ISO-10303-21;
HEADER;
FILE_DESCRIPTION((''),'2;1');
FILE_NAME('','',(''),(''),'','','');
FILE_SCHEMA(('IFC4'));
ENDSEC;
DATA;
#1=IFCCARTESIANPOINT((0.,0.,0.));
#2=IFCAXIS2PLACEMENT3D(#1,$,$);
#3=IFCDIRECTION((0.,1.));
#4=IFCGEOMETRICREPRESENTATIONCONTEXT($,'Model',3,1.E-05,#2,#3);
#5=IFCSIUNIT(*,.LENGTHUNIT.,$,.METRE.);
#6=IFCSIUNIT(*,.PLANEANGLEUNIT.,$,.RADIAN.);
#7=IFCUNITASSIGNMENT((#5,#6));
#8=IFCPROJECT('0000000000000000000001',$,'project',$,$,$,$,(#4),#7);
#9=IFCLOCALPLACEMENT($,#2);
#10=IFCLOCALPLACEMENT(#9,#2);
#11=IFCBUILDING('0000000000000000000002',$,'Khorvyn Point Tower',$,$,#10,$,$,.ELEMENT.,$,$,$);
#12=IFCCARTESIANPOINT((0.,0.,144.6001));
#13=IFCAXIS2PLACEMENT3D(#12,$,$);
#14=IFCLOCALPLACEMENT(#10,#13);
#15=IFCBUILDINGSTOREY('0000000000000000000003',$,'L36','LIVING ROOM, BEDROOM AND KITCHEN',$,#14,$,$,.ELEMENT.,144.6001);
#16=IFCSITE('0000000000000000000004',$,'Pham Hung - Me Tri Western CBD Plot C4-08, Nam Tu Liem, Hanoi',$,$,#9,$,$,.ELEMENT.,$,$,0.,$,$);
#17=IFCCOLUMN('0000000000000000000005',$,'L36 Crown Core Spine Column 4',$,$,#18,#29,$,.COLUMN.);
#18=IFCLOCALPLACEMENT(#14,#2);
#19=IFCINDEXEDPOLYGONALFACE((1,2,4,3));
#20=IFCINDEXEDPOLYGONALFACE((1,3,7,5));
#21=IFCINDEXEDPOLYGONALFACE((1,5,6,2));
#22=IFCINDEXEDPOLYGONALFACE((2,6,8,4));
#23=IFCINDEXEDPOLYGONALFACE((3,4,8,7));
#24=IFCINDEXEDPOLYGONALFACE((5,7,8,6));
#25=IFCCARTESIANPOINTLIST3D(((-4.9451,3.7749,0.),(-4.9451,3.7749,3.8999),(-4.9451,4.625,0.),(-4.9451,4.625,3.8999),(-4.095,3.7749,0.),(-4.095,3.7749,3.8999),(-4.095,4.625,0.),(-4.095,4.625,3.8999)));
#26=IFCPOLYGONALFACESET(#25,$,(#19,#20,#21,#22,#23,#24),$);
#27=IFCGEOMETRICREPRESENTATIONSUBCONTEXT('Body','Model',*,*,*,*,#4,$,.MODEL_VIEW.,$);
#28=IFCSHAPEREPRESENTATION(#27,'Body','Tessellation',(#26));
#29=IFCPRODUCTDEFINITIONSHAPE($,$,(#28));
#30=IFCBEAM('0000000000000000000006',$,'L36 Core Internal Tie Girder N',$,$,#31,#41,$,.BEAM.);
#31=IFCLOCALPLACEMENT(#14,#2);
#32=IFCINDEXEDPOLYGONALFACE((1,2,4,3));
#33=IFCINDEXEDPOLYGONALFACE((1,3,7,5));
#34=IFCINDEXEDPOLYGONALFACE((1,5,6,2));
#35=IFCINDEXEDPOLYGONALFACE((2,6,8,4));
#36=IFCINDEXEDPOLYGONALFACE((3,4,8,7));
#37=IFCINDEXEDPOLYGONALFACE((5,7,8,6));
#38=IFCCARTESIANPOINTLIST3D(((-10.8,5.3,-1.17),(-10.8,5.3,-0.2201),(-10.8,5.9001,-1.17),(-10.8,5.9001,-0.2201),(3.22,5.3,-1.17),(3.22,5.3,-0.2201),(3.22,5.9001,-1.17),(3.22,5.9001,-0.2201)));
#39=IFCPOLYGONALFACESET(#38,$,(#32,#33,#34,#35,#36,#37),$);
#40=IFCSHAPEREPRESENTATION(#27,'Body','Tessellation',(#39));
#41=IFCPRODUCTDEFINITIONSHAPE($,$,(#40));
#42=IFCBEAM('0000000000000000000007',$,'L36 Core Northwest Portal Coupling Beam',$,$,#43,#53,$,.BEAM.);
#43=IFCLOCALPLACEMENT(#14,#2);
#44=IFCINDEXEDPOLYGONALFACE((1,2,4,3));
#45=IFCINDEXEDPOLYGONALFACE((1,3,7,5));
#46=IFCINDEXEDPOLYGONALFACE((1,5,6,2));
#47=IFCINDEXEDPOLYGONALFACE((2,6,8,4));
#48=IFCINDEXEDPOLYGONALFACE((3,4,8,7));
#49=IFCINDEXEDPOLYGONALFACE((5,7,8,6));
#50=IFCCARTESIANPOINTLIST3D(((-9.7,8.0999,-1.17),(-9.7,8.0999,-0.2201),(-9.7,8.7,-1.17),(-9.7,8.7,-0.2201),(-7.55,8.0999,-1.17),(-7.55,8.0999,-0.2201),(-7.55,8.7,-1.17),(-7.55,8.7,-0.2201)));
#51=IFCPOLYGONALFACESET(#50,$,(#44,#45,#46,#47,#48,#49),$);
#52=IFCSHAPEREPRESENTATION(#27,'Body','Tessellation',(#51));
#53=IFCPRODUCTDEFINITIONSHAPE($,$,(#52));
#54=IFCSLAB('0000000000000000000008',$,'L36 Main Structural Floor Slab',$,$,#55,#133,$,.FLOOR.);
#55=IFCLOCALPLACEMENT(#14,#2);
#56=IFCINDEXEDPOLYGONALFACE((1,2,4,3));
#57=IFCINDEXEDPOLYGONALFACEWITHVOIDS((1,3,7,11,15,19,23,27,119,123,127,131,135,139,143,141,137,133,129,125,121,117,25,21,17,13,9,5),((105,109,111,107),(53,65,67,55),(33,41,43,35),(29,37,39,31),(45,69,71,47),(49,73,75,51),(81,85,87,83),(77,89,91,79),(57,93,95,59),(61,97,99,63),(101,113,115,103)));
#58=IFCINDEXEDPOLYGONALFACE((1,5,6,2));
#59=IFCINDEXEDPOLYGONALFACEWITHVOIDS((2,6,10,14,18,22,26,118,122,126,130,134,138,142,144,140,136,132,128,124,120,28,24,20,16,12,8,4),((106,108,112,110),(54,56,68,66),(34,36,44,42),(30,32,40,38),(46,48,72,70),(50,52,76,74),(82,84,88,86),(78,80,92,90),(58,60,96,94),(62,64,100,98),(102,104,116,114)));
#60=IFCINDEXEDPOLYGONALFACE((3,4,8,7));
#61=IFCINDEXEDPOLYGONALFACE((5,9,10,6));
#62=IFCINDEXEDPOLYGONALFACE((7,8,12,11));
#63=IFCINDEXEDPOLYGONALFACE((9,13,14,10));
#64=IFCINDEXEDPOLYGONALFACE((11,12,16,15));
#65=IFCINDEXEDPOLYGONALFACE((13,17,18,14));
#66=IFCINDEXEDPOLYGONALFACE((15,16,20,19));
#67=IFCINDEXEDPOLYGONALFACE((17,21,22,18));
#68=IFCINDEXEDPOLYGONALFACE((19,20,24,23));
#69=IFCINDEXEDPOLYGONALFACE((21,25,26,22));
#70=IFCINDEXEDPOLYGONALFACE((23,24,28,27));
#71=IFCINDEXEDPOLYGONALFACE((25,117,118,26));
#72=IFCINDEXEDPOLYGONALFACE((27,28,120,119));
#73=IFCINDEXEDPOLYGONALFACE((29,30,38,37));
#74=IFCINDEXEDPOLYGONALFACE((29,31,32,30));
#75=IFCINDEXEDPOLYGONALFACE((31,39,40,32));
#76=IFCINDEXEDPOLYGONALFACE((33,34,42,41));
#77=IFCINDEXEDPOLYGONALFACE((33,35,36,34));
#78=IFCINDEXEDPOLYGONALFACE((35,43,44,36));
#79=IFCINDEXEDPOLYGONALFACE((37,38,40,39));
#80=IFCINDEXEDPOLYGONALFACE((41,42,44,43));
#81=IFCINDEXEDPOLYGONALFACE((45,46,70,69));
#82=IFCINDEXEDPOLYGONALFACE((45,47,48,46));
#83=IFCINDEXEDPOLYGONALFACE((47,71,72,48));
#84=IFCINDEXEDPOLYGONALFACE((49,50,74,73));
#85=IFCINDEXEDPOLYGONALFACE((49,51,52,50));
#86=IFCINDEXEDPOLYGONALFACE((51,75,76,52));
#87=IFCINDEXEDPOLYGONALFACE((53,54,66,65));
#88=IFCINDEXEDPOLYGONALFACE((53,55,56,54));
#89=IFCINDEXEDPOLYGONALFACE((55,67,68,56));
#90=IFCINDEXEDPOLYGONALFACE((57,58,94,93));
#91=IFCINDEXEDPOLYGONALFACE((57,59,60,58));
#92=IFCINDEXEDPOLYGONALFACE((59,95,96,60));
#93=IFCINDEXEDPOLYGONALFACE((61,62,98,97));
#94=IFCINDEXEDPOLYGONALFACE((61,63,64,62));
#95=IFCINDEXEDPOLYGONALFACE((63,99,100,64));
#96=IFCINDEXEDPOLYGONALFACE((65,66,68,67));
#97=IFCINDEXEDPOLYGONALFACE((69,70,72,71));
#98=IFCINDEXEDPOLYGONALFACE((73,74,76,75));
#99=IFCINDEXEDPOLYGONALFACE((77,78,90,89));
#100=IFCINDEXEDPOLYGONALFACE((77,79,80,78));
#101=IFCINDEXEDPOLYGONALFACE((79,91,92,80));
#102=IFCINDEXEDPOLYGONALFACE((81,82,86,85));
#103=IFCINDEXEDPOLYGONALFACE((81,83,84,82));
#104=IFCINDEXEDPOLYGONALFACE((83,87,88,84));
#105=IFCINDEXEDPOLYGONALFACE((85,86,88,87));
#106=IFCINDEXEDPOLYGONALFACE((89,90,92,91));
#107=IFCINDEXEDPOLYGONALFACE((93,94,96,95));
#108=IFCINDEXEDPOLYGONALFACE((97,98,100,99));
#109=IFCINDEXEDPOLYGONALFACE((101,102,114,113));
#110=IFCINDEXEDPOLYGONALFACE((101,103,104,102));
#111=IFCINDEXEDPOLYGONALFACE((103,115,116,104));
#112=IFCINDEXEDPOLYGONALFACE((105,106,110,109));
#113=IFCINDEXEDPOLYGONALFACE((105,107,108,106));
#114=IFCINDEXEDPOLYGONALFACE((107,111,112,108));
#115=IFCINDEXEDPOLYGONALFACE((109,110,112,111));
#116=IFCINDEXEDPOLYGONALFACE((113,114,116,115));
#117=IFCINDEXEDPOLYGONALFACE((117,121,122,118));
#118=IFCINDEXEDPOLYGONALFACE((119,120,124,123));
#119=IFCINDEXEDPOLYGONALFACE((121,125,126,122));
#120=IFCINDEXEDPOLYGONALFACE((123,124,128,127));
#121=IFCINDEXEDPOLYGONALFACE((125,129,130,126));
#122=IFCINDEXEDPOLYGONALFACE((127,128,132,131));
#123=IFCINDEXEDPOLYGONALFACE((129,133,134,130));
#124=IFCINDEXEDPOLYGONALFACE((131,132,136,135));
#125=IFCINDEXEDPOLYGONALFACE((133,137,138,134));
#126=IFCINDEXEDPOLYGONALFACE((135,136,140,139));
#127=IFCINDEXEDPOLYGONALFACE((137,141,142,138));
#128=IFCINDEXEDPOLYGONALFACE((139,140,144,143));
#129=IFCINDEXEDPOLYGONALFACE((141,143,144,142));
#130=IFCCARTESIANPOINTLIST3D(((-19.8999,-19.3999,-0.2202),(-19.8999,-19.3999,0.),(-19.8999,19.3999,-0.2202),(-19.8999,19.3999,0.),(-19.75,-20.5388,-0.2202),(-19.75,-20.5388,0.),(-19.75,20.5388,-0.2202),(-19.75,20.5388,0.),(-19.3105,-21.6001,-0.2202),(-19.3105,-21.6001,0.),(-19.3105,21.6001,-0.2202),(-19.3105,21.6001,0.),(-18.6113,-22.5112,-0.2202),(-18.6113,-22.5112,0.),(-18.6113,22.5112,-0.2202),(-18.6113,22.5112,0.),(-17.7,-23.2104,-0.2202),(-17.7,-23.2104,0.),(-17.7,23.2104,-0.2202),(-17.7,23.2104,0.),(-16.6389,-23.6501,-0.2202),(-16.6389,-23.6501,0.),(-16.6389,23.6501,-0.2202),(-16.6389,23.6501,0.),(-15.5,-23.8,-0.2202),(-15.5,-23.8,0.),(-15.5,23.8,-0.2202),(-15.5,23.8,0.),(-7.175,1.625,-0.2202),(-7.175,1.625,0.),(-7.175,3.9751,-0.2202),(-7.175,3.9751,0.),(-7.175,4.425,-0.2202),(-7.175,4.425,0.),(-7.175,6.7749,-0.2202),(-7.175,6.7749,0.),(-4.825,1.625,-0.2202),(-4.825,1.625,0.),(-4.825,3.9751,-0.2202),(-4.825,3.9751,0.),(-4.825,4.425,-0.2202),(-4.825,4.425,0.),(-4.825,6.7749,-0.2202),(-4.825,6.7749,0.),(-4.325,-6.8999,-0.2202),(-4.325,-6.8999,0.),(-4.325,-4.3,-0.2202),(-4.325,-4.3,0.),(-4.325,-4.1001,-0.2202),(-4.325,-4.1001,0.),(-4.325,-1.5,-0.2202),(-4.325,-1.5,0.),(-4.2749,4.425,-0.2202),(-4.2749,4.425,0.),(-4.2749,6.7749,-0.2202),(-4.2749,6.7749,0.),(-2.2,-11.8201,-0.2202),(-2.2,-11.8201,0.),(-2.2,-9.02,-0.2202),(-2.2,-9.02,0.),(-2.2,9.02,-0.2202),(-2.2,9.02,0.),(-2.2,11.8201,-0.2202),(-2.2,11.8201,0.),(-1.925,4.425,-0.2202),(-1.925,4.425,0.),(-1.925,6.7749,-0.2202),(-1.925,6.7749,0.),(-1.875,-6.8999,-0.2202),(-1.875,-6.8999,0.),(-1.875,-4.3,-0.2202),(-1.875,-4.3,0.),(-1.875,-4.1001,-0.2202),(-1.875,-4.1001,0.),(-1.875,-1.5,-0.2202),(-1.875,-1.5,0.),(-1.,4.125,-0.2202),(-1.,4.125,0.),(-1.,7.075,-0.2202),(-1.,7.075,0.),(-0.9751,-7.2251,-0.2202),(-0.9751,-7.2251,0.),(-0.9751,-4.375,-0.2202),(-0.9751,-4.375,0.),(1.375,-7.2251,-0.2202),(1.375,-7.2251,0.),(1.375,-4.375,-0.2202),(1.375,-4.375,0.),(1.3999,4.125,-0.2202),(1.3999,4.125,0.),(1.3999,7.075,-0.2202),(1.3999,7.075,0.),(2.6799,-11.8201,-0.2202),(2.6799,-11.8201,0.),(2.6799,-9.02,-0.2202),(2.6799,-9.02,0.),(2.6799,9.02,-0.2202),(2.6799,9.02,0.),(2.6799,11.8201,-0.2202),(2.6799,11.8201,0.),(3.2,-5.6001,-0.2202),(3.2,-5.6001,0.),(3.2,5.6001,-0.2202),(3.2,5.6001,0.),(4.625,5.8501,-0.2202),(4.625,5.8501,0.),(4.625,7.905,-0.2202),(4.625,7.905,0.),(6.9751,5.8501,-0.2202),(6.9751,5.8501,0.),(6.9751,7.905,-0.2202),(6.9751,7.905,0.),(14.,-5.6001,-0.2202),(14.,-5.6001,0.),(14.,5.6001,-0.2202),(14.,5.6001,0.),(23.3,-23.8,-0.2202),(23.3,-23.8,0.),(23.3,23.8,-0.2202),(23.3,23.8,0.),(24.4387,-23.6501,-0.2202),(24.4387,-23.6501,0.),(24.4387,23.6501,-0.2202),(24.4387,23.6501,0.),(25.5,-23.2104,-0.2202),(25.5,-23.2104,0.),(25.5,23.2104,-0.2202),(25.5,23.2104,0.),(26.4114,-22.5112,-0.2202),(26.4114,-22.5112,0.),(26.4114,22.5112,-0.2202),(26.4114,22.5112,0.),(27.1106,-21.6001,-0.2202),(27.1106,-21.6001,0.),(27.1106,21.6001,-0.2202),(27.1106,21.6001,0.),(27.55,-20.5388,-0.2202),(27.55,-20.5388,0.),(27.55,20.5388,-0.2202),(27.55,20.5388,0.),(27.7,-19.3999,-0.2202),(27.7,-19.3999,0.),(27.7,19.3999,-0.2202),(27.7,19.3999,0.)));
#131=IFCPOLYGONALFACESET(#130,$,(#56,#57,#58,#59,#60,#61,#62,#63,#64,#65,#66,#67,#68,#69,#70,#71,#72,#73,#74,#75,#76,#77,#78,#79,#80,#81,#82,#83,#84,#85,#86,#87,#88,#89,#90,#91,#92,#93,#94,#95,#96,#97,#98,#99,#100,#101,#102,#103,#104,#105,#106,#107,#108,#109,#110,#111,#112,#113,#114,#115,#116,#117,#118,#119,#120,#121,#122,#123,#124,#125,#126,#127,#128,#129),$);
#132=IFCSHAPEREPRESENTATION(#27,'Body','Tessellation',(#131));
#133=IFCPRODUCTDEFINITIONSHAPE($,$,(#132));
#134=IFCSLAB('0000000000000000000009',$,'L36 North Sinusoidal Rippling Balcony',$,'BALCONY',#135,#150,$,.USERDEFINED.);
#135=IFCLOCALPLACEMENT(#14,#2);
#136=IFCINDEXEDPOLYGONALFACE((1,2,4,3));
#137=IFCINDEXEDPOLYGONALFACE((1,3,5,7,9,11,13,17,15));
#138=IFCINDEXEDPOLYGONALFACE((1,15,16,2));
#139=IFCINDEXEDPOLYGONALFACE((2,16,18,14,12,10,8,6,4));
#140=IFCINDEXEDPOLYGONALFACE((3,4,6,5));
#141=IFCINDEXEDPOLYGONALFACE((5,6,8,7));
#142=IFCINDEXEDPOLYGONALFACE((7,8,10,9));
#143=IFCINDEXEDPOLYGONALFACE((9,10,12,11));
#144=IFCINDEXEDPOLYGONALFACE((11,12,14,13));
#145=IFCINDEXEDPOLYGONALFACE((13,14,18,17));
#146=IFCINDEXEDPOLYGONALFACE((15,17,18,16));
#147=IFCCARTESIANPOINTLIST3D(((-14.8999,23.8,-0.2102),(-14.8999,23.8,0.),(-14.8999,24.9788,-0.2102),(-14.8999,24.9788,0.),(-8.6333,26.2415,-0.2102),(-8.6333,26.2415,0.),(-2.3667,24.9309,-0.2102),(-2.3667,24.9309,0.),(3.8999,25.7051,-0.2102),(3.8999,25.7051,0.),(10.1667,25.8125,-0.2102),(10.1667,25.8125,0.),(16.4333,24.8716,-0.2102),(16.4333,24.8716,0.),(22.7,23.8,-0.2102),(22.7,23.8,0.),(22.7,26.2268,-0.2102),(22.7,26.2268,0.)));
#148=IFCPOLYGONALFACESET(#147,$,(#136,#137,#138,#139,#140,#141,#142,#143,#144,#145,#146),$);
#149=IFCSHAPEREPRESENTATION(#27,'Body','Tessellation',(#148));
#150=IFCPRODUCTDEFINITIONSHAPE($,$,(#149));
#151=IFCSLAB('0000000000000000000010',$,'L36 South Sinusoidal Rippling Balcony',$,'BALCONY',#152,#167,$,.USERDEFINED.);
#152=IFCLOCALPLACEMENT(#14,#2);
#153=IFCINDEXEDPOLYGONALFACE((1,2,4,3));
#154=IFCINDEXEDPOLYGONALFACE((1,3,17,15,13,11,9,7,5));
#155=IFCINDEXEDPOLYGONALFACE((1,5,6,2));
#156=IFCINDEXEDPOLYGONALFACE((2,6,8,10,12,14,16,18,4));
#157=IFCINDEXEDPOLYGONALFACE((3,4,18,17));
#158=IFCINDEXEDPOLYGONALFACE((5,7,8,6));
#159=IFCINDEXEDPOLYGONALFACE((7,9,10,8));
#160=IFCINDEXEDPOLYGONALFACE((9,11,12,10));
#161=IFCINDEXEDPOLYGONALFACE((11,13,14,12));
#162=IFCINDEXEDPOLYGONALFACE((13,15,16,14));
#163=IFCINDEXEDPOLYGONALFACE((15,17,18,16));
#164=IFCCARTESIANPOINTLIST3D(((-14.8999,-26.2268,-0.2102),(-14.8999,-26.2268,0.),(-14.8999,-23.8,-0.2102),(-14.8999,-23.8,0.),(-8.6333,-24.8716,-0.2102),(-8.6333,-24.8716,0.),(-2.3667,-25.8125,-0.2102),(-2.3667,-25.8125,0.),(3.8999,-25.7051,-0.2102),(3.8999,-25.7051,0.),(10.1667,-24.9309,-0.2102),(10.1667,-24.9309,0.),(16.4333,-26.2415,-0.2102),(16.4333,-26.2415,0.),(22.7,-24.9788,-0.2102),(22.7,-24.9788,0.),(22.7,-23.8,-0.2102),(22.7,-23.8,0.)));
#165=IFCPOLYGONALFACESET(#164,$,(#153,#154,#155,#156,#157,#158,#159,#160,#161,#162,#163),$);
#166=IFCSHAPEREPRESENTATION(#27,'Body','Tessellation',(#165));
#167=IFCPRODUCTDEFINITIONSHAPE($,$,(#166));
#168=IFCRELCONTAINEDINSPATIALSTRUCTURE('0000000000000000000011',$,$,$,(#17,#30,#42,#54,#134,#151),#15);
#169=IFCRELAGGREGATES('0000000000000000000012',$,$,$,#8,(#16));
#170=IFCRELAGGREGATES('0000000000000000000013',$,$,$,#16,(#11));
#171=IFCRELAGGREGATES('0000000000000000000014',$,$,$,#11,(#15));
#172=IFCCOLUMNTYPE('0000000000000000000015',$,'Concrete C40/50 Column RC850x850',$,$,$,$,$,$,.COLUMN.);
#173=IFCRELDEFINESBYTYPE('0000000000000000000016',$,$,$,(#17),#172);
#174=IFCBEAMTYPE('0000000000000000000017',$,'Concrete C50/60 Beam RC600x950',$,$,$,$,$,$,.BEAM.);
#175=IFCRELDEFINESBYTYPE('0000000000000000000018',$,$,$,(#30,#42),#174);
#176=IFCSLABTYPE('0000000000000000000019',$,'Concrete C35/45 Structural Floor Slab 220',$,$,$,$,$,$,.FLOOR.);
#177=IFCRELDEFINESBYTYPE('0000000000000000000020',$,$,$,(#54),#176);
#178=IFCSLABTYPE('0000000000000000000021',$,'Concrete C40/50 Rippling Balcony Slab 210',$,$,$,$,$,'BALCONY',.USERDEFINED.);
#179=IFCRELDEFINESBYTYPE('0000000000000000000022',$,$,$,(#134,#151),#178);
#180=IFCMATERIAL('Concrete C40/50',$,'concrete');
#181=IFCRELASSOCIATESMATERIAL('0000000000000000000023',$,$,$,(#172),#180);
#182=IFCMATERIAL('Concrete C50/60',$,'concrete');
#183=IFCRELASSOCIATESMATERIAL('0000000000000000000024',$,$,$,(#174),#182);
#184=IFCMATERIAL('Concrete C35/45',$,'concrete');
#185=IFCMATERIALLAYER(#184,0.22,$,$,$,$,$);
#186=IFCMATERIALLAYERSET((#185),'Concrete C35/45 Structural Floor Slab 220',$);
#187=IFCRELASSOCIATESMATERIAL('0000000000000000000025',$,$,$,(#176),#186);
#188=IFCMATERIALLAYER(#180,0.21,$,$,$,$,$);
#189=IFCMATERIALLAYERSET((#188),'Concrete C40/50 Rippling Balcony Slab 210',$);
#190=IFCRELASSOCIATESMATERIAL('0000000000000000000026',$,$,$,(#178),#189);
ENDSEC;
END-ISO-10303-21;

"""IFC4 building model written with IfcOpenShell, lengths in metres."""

from ifc_helpers import new_model, si_unit, direction, frame, origin, origin_2d, place, context, subcontext, project, spatial, polyline, rectangle, outline, extrude, material, layer, layer_set, material_profile, profile_set, type_object, element, save


model = new_model("IFC4")

# Units and contexts
model_context = context("Model", 3, precision=1e-05, world=origin(), true_north=direction((0.0, 1.0)))
body_context = subcontext(model_context, "Body", "Model", "MODEL_VIEW")
ifc_project = project(units=[si_unit("LENGTHUNIT", "METRE"), si_unit("PLANEANGLEUNIT", "RADIAN")], contexts=[model_context])

# Site, building, storey
site_placement = place(None, origin())
site = spatial("IfcSite", under=ifc_project, at=site_placement, Name="Pham Hung - Me Tri Western CBD Plot C4-08, Nam Tu Liem, Hanoi", CompositionType="ELEMENT", RefElevation=0.0)
building_placement = place(site_placement, origin())
building = spatial("IfcBuilding", under=site, at=building_placement, Name="Khorvyn Point Tower", CompositionType="ELEMENT")
storey_placement = place(building_placement, frame((0.0, 0.0, 144.6001)))
storey = spatial("IfcBuildingStorey", under=building, at=storey_placement, Name="L36", Description="LIVING ROOM, BEDROOM AND KITCHEN", CompositionType="ELEMENT", Elevation=144.6001)

# Column
ifc_material_1 = material(Name="Concrete C40/50", Category="concrete")
ifc_material_profile_1 = material_profile(ifc_material_1, rectangle(XDim=0.8501, YDim=0.8501, at=origin_2d()))
ifc_profile_set_1 = profile_set([ifc_material_profile_1], Name="Concrete C40/50 RC850x850")
column_type = type_object("IfcColumnType", Name="Concrete C40/50 Column RC850x850", PredefinedType="COLUMN", material=ifc_profile_set_1)
column_placement = place(storey_placement, frame((-4.52, 4.2, 0.0), z_axis=(0.0, 0.0, 1.0), x_axis=(1.0, 0.0, 0.0)))
element("IfcColumn", 1, at=column_placement, inside=storey, type_object=column_type, Name="L36 Crown Core Spine Column 4", PredefinedType="COLUMN", context=body_context, shape_type="SweptSolid", body=[
    extrude(rectangle(XDim=0.8501, YDim=0.8501, at=origin_2d()), origin(), (0.0, 0.0, 1.0), 3.8999),
])

# Beams
ifc_material_2 = material(Name="Concrete C50/60", Category="concrete")
ifc_material_profile_2 = material_profile(ifc_material_2, rectangle(XDim=0.6001, YDim=0.95, at=origin_2d()))
ifc_profile_set_2 = profile_set([ifc_material_profile_2], Name="Concrete C50/60 RC600x950")
beam_type = type_object("IfcBeamType", Name="Concrete C50/60 Beam RC600x950", PredefinedType="BEAM", material=ifc_profile_set_2)
beam_1_placement = place(storey_placement, frame((-10.8, 5.6001, -0.6951), z_axis=(1.0, 0.0, 0.0), x_axis=(0.0, 1.0, 0.0)))
element("IfcBeam", 2, at=beam_1_placement, inside=storey, type_object=beam_type, Name="L36 Core Internal Tie Girder N", PredefinedType="BEAM", context=body_context, shape_type="SweptSolid", body=[
    extrude(rectangle(XDim=0.6001, YDim=0.95, at=origin_2d()), origin(), (0.0, 0.0, 1.0), 14.02),
])
beam_2_placement = place(storey_placement, frame((-9.7, 8.3999, -0.6951), z_axis=(1.0, 0.0, 0.0), x_axis=(0.0, 1.0, 0.0)))
element("IfcBeam", 3, at=beam_2_placement, inside=storey, type_object=beam_type, Name="L36 Core Northwest Portal Coupling Beam", PredefinedType="BEAM", context=body_context, shape_type="SweptSolid", body=[
    extrude(rectangle(XDim=0.6001, YDim=0.95, at=origin_2d()), origin(), (0.0, 0.0, 1.0), 2.1499),
])

# Slabs
ifc_material_3 = material(Name="Concrete C35/45", Category="concrete")
ifc_layer_1 = layer(ifc_material_3, 0.22)
ifc_layer_set_1 = layer_set([ifc_layer_1], Name="Concrete C35/45 Structural Floor Slab 220")
slab_type_1 = type_object("IfcSlabType", Name="Concrete C35/45 Structural Floor Slab 220", PredefinedType="FLOOR", material=ifc_layer_set_1)
slab_1_placement = place(storey_placement, frame((0.0, 0.0, -0.2202)))
element("IfcSlab", 4, at=slab_1_placement, inside=storey, type_object=slab_type_1, Name="L36 Main Structural Floor Slab", PredefinedType="FLOOR", context=body_context, shape_type="SweptSolid", body=[
    extrude(outline(polyline([(-15.5, -23.8), (-16.6389, -23.6501), (-17.7, -23.2104), (-18.6113, -22.5112), (-19.3105, -21.6001), (-19.75, -20.5388), (-19.8999, -19.3999), (-19.8999, 19.3999), (-19.75, 20.5388), (-19.3105, 21.6001), (-18.6113, 22.5112), (-17.7, 23.2104), (-16.6389, 23.6501), (-15.5, 23.8), (23.3, 23.8), (24.4387, 23.6501), (25.5, 23.2104), (26.4114, 22.5112), (27.1106, 21.6001), (27.55, 20.5388), (27.7, 19.3999), (27.7, -19.3999), (27.55, -20.5388), (27.1106, -21.6001), (26.4114, -22.5112), (25.5, -23.2104), (24.4387, -23.6501), (23.3, -23.8), (-15.5, -23.8)]), holes=[polyline([(-1.875, -6.8999), (-1.875, -4.3), (-4.325, -4.3), (-4.325, -6.8999), (-1.875, -6.8999)]), polyline([(-1.875, -4.1001), (-1.875, -1.5), (-4.325, -1.5), (-4.325, -4.1001), (-1.875, -4.1001)]), polyline([(-4.825, 1.625), (-4.825, 3.9751), (-7.175, 3.9751), (-7.175, 1.625), (-4.825, 1.625)]), polyline([(-7.175, 4.425), (-4.825, 4.425), (-4.825, 6.7749), (-7.175, 6.7749), (-7.175, 4.425)]), polyline([(-4.2749, 4.425), (-1.925, 4.425), (-1.925, 6.7749), (-4.2749, 6.7749), (-4.2749, 4.425)]), polyline([(1.3999, 4.125), (1.3999, 7.075), (-1.0, 7.075), (-1.0, 4.125), (1.3999, 4.125)]), polyline([(-2.2, -11.8201), (2.6799, -11.8201), (2.6799, -9.02), (-2.2, -9.02), (-2.2, -11.8201)]), polyline([(-0.9751, -7.2251), (1.375, -7.2251), (1.375, -4.375), (-0.9751, -4.375), (-0.9751, -7.2251)]), polyline([(14.0, -5.6001), (14.0, 5.6001), (3.2, 5.6001), (3.2, -5.6001), (14.0, -5.6001)]), polyline([(4.625, 5.8501), (6.9751, 5.8501), (6.9751, 7.905), (4.625, 7.905), (4.625, 5.8501)]), polyline([(-2.2, 9.02), (2.6799, 9.02), (2.6799, 11.8201), (-2.2, 11.8201), (-2.2, 9.02)])]), origin(), (0.0, 0.0, 1.0), 0.2202),
])
ifc_layer_2 = layer(ifc_material_1, 0.21)
ifc_layer_set_2 = layer_set([ifc_layer_2], Name="Concrete C40/50 Rippling Balcony Slab 210")
slab_type_2 = type_object("IfcSlabType", Name="Concrete C40/50 Rippling Balcony Slab 210", ElementType="BALCONY", PredefinedType="USERDEFINED", material=ifc_layer_set_2)
slab_2_placement = place(storey_placement, frame((0.0, 0.0, -0.2102)))
element("IfcSlab", 5, at=slab_2_placement, inside=storey, type_object=slab_type_2, Name="L36 North Sinusoidal Rippling Balcony", ObjectType="BALCONY", PredefinedType="USERDEFINED", context=body_context, shape_type="SweptSolid", body=[
    extrude(outline(polyline([(22.7, 23.8), (22.7, 26.2268), (16.4333, 24.8716), (10.1667, 25.8125), (3.8999, 25.7051), (-2.3667, 24.9309), (-8.6333, 26.2415), (-14.8999, 24.9788), (-14.8999, 23.8), (22.7, 23.8)])), origin(), (0.0, 0.0, 1.0), 0.2102),
])
slab_3_placement = place(storey_placement, frame((0.0, 0.0, -0.2102)))
element("IfcSlab", 6, at=slab_3_placement, inside=storey, type_object=slab_type_2, Name="L36 South Sinusoidal Rippling Balcony", ObjectType="BALCONY", PredefinedType="USERDEFINED", context=body_context, shape_type="SweptSolid", body=[
    extrude(outline(polyline([(-14.8999, -23.8), (-14.8999, -26.2268), (-8.6333, -24.8716), (-2.3667, -25.8125), (3.8999, -25.7051), (10.1667, -24.9309), (16.4333, -26.2415), (22.7, -24.9788), (22.7, -23.8), (-14.8999, -23.8)])), origin(), (0.0, 0.0, 1.0), 0.2102),
])

save(model, "model.ifc")
